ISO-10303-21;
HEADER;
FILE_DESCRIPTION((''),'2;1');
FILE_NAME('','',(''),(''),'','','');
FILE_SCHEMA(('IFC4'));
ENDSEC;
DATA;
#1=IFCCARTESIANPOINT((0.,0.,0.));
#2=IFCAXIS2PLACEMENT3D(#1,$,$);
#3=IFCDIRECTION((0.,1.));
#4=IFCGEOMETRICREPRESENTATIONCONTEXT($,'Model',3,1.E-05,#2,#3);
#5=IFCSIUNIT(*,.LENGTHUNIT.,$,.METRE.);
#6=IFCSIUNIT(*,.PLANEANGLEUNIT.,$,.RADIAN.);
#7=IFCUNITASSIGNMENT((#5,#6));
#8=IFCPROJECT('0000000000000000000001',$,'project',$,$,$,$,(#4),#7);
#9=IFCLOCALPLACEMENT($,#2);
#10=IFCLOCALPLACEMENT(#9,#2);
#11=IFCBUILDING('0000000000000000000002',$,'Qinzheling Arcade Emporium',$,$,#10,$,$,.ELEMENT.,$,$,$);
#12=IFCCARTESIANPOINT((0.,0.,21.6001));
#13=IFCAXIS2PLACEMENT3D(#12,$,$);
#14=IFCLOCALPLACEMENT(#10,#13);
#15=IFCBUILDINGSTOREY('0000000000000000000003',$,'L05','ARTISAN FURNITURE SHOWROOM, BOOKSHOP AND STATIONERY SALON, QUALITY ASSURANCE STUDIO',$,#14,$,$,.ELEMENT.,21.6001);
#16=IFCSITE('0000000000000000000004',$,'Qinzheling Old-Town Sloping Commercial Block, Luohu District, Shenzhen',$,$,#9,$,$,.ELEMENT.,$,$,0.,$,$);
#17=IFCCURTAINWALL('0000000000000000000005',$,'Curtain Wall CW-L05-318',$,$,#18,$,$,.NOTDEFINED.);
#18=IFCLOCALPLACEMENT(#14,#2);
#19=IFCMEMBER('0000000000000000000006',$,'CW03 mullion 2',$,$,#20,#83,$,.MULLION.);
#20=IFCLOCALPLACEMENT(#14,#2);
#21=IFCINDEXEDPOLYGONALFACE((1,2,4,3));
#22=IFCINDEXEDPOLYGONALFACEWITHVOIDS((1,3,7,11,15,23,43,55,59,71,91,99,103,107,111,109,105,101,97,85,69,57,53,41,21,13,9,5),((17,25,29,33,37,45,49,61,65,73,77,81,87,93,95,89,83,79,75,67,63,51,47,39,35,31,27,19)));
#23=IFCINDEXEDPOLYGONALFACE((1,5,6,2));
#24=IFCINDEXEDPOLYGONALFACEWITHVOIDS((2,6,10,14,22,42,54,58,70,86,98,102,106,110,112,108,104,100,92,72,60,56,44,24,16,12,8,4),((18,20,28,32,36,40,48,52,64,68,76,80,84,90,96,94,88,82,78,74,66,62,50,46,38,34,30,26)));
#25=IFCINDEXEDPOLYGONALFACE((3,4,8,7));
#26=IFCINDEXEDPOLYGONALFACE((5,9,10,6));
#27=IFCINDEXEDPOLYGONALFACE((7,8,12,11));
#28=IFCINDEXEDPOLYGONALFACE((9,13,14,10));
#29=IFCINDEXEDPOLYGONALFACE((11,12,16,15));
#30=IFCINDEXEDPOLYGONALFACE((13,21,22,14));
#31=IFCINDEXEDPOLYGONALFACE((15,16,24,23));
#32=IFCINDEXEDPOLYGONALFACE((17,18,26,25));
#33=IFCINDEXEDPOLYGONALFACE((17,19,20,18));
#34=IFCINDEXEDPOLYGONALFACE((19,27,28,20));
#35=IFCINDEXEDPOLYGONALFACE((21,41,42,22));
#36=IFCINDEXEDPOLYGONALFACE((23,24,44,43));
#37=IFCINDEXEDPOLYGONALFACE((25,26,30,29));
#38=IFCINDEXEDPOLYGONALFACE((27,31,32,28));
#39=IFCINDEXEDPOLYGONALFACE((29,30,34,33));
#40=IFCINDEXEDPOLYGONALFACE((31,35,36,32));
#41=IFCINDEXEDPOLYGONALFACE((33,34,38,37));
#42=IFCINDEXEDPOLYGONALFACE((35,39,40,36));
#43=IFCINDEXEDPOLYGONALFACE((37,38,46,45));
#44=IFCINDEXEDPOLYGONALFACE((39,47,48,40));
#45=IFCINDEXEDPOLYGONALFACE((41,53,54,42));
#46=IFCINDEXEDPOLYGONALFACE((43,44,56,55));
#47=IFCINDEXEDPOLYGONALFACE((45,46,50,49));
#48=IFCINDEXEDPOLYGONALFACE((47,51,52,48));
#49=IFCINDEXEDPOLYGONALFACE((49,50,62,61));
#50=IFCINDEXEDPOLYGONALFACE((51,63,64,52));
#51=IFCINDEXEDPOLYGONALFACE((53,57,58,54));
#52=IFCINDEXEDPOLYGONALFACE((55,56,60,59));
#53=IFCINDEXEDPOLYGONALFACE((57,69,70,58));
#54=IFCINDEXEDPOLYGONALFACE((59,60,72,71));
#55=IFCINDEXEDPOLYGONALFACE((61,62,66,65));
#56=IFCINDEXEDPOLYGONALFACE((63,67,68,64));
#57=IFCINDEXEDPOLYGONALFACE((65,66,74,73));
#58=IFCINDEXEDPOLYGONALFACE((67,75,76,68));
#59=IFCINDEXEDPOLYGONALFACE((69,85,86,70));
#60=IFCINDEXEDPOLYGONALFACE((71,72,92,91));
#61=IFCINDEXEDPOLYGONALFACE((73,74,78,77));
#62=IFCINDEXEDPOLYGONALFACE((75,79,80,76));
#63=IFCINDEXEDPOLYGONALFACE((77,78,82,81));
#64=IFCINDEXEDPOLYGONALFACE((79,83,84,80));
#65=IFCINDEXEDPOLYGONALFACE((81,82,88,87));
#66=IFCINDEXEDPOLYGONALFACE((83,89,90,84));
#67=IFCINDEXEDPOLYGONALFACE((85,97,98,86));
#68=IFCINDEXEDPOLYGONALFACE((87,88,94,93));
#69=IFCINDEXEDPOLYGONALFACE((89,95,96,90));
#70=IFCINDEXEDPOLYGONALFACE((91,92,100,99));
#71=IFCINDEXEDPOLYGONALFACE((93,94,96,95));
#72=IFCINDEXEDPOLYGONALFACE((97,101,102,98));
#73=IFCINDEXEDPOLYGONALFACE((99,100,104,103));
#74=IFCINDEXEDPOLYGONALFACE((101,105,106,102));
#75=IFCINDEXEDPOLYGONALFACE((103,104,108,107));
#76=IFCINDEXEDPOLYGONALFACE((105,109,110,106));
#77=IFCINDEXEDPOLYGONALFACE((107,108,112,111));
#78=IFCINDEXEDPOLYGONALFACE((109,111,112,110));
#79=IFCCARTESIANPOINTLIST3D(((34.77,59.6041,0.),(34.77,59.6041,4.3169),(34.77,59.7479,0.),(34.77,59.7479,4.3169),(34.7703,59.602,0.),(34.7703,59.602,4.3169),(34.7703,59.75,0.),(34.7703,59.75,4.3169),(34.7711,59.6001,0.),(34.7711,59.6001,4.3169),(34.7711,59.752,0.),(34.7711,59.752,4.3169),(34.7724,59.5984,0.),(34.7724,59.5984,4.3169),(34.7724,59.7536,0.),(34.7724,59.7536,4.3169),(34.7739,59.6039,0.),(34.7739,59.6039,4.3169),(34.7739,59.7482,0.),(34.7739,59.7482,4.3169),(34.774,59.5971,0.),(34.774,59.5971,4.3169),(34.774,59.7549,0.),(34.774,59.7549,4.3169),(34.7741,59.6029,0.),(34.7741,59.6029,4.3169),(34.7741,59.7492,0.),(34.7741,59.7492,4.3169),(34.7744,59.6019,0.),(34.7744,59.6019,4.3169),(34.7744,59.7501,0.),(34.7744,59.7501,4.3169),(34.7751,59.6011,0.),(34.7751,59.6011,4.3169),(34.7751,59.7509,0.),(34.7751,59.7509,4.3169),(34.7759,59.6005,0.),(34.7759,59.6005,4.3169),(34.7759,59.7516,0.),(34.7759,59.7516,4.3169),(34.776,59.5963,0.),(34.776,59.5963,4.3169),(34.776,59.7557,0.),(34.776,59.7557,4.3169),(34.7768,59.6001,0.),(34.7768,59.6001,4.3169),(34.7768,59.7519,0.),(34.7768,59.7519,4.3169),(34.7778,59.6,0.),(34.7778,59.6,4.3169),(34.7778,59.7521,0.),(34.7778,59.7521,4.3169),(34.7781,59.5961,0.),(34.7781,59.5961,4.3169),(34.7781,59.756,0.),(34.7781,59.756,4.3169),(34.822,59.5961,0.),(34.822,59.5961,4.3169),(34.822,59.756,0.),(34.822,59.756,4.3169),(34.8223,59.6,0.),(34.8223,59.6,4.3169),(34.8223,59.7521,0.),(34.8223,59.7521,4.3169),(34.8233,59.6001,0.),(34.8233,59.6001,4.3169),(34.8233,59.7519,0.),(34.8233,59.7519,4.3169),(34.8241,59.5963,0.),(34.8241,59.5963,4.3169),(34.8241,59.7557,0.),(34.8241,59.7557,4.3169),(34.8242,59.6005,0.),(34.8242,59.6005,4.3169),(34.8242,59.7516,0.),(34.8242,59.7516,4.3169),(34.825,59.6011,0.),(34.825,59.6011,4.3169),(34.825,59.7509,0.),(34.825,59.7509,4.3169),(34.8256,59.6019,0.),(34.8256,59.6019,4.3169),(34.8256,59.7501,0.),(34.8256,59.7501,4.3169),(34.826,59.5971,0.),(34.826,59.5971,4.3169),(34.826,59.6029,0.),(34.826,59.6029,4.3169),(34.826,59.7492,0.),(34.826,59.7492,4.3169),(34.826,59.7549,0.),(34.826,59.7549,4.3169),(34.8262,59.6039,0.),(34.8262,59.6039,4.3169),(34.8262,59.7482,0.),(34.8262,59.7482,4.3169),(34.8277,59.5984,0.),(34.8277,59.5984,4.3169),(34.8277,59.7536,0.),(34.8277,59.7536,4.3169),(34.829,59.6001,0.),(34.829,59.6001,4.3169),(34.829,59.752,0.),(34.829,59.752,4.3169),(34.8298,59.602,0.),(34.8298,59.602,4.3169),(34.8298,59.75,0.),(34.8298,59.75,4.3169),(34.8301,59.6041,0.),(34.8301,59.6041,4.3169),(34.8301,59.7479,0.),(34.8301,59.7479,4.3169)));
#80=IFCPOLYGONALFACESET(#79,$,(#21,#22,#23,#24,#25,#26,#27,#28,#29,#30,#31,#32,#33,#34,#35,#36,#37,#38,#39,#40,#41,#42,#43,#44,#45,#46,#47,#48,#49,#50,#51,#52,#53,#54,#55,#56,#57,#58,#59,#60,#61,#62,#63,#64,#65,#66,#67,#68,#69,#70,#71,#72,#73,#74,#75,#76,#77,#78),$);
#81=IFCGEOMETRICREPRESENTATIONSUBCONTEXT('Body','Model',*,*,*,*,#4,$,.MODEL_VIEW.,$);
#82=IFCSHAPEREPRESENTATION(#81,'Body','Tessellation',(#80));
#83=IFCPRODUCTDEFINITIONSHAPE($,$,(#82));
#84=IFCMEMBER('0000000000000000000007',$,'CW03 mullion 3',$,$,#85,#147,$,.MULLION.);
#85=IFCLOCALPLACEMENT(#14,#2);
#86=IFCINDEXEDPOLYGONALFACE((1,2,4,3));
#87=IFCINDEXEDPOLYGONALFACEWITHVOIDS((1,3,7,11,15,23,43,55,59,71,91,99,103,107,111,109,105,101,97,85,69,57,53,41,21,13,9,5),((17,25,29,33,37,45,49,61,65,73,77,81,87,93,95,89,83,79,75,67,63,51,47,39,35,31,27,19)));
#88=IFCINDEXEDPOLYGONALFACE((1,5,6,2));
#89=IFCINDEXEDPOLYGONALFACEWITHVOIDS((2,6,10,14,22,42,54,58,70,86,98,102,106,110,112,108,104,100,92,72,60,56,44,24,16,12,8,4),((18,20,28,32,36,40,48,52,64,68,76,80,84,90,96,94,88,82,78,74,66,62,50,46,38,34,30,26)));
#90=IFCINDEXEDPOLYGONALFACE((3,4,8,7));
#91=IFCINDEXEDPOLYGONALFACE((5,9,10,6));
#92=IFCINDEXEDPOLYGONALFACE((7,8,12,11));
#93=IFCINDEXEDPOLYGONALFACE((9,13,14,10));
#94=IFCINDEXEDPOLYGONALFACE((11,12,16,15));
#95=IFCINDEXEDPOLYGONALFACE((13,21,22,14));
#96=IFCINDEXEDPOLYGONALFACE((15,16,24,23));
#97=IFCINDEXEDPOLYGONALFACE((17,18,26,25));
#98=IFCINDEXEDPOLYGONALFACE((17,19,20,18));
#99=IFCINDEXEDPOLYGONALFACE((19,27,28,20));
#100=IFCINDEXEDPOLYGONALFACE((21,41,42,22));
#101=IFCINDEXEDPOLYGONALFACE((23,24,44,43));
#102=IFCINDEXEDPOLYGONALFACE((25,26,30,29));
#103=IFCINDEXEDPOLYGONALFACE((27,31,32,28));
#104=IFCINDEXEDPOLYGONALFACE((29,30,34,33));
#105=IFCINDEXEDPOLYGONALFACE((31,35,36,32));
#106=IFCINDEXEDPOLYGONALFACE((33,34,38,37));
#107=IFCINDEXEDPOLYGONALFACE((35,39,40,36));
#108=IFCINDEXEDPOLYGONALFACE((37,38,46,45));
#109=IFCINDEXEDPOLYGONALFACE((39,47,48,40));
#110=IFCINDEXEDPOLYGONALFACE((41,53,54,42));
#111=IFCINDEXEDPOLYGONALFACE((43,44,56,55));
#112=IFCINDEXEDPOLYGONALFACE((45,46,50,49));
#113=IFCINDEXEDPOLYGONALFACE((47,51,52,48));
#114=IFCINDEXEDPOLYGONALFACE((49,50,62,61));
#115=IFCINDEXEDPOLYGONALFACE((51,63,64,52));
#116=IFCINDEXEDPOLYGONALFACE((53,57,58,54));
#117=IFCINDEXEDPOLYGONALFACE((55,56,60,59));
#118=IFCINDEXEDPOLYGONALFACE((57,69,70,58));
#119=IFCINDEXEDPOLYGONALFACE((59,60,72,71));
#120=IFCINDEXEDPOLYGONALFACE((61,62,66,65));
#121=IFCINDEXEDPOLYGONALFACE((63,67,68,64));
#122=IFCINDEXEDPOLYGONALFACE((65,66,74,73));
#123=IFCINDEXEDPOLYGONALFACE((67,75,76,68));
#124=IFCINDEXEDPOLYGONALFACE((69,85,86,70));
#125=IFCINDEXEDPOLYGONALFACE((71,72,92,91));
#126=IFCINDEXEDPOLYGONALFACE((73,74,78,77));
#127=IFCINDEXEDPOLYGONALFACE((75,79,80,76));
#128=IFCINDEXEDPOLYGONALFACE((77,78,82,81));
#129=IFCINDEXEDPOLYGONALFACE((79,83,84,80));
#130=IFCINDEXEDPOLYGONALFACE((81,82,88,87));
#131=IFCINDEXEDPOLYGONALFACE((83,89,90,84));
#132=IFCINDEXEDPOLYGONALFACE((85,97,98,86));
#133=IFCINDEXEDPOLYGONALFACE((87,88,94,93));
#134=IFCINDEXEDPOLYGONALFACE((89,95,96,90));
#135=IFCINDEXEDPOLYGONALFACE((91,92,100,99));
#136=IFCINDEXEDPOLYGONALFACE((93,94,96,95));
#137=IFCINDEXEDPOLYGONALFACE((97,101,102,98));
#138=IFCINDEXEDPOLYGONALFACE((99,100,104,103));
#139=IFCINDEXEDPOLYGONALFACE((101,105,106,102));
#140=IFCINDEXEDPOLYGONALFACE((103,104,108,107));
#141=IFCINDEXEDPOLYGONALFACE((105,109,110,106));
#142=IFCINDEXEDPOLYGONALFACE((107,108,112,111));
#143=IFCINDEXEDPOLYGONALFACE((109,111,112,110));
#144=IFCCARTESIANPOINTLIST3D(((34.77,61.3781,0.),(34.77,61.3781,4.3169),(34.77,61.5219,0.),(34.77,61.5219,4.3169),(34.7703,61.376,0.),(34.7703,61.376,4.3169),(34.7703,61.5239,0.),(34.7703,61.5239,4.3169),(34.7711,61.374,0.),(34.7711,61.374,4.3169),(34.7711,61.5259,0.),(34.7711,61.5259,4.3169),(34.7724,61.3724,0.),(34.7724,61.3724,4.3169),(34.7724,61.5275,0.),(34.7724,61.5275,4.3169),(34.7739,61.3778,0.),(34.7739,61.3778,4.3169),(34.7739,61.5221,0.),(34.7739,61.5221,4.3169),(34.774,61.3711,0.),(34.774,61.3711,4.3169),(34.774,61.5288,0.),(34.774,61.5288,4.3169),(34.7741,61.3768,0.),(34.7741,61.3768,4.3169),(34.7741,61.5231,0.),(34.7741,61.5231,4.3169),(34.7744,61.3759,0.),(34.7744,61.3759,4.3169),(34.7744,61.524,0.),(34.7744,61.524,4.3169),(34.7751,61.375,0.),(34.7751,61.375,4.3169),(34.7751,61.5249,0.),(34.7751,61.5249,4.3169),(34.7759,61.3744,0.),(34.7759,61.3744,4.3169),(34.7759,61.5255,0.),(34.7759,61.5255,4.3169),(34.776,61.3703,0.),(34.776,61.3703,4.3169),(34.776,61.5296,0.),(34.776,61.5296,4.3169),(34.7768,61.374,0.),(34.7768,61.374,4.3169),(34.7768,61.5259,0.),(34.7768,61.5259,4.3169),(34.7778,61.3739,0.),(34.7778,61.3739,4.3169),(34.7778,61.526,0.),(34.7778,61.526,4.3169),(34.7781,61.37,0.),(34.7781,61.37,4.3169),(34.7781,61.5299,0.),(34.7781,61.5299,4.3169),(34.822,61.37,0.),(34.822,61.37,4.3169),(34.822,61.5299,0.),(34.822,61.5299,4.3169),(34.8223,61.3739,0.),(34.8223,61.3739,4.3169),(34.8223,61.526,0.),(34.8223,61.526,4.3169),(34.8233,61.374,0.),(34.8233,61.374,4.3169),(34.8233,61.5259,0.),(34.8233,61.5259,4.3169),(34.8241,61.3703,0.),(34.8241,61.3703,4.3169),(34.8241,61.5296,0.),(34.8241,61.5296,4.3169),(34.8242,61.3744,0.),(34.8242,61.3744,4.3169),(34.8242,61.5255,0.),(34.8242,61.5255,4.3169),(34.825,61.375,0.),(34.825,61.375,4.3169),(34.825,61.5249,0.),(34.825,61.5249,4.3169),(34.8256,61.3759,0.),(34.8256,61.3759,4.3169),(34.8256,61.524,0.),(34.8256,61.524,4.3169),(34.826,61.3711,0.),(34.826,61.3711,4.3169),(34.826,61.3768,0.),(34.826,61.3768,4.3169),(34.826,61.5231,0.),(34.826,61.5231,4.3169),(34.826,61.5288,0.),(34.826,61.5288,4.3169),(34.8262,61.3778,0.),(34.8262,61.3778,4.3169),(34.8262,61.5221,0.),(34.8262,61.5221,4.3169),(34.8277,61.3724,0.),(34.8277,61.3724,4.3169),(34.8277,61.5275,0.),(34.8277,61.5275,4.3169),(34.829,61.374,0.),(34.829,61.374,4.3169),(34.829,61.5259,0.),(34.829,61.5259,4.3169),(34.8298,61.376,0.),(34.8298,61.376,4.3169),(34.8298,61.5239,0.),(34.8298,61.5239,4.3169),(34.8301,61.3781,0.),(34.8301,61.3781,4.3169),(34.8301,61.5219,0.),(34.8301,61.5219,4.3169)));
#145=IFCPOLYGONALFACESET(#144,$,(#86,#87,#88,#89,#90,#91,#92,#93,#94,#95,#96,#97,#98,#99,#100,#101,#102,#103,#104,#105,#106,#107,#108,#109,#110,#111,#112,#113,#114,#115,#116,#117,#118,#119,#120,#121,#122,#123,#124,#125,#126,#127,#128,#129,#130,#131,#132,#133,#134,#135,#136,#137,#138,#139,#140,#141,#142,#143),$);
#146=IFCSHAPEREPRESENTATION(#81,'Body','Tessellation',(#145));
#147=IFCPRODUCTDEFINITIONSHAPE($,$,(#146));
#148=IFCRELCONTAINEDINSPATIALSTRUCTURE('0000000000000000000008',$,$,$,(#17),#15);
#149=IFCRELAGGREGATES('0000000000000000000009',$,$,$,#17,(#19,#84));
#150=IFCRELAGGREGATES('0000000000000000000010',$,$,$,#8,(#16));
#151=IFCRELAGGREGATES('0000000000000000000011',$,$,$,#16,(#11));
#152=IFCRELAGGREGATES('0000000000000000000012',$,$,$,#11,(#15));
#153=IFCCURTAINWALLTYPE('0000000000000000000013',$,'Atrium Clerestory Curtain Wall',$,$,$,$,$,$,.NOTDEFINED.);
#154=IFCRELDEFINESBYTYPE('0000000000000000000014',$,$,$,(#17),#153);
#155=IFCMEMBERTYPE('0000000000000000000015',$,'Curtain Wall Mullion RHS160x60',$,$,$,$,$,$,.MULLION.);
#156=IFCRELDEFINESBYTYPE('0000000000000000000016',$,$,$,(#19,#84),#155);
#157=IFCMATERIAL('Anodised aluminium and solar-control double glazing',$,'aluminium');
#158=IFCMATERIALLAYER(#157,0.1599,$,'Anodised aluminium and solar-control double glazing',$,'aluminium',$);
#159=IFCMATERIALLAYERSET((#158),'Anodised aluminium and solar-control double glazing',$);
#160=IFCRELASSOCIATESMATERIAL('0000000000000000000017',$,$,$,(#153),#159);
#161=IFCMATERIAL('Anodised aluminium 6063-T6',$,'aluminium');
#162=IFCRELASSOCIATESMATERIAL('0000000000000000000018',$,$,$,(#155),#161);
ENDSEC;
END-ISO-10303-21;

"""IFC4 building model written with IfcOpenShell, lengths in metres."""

from ifc_helpers import new_model, si_unit, direction, frame, origin, origin_2d, place, context, subcontext, project, spatial, hollow_rectangle, extrude, material, layer, layer_set, material_profile, profile_set, type_object, element, aggregate, save


model = new_model("IFC4")

# Units and contexts
model_context = context("Model", 3, precision=1e-05, world=origin(), true_north=direction((0.0, 1.0)))
body_context = subcontext(model_context, "Body", "Model", "MODEL_VIEW")
ifc_project = project(units=[si_unit("LENGTHUNIT", "METRE"), si_unit("PLANEANGLEUNIT", "RADIAN")], contexts=[model_context])

# Site, building, storey
site_placement = place(None, origin())
site = spatial("IfcSite", under=ifc_project, at=site_placement, Name="Qinzheling Old-Town Sloping Commercial Block, Luohu District, Shenzhen", CompositionType="ELEMENT", RefElevation=0.0)
building_placement = place(site_placement, origin())
building = spatial("IfcBuilding", under=site, at=building_placement, Name="Qinzheling Arcade Emporium", CompositionType="ELEMENT")
storey_placement = place(building_placement, frame((0.0, 0.0, 21.6001)))
storey = spatial("IfcBuildingStorey", under=building, at=storey_placement, Name="L05", Description="ARTISAN FURNITURE SHOWROOM, BOOKSHOP AND STATIONERY SALON, QUALITY ASSURANCE STUDIO", CompositionType="ELEMENT", Elevation=21.6001)

# Curtain wall, members
ifc_material_1 = material(Name="Anodised aluminium and solar-control double glazing", Category="aluminium")
ifc_layer_1 = layer(ifc_material_1, 0.1599, Name="Anodised aluminium and solar-control double glazing", Category="aluminium")
ifc_layer_set_1 = layer_set([ifc_layer_1], Name="Anodised aluminium and solar-control double glazing")
curtain_wall_type = type_object("IfcCurtainWallType", Name="Atrium Clerestory Curtain Wall", PredefinedType="NOTDEFINED", material=ifc_layer_set_1)
ifc_material_2 = material(Name="Anodised aluminium 6063-T6", Category="aluminium")
ifc_material_profile_1 = material_profile(ifc_material_2, hollow_rectangle(XDim=0.0601, YDim=0.1599, WallThickness=0.0039, InnerFilletRadius=0.0039, OuterFilletRadius=0.0081, at=origin_2d()), Name="RHS 160x60x4", Category="aluminium")
ifc_profile_set_1 = profile_set([ifc_material_profile_1], Name="Anodised aluminium 6063-T6")
member_type_1 = type_object("IfcMemberType", Name="Curtain Wall Mullion RHS160x60", PredefinedType="MULLION", material=ifc_profile_set_1)
curtain_wall_1_placement = place(storey_placement, origin())
curtain_wall_1 = element("IfcCurtainWall", 1, at=curtain_wall_1_placement, inside=storey, type_object=curtain_wall_type, Name="Curtain Wall CW-L05-318", PredefinedType="NOTDEFINED")
member_1_placement = place(storey_placement, frame((34.8, 59.676, 0.0), z_axis=(0.0, 0.0, 1.0), x_axis=(-1.0, 0.0, 0.0)))
member_1 = element("IfcMember", 2, at=member_1_placement, type_object=member_type_1, Name="CW03 mullion 2", PredefinedType="MULLION", context=body_context, shape_type="SweptSolid", body=[
    extrude(hollow_rectangle(XDim=0.0601, YDim=0.1599, WallThickness=0.0039, InnerFilletRadius=0.0039, OuterFilletRadius=0.0081, at=origin_2d()), origin(), (0.0, 0.0, 1.0), 4.3169),
])
member_2_placement = place(storey_placement, frame((34.8, 61.45, 0.0), z_axis=(0.0, 0.0, 1.0), x_axis=(-1.0, 0.0, 0.0)))
member_2 = element("IfcMember", 3, at=member_2_placement, type_object=member_type_1, Name="CW03 mullion 3", PredefinedType="MULLION", context=body_context, shape_type="SweptSolid", body=[
    extrude(hollow_rectangle(XDim=0.0601, YDim=0.1599, WallThickness=0.0039, InnerFilletRadius=0.0039, OuterFilletRadius=0.0081, at=origin_2d()), origin(), (0.0, 0.0, 1.0), 4.3169),
])

aggregate(curtain_wall_1, [member_1, member_2])

save(model, "model.ifc")
